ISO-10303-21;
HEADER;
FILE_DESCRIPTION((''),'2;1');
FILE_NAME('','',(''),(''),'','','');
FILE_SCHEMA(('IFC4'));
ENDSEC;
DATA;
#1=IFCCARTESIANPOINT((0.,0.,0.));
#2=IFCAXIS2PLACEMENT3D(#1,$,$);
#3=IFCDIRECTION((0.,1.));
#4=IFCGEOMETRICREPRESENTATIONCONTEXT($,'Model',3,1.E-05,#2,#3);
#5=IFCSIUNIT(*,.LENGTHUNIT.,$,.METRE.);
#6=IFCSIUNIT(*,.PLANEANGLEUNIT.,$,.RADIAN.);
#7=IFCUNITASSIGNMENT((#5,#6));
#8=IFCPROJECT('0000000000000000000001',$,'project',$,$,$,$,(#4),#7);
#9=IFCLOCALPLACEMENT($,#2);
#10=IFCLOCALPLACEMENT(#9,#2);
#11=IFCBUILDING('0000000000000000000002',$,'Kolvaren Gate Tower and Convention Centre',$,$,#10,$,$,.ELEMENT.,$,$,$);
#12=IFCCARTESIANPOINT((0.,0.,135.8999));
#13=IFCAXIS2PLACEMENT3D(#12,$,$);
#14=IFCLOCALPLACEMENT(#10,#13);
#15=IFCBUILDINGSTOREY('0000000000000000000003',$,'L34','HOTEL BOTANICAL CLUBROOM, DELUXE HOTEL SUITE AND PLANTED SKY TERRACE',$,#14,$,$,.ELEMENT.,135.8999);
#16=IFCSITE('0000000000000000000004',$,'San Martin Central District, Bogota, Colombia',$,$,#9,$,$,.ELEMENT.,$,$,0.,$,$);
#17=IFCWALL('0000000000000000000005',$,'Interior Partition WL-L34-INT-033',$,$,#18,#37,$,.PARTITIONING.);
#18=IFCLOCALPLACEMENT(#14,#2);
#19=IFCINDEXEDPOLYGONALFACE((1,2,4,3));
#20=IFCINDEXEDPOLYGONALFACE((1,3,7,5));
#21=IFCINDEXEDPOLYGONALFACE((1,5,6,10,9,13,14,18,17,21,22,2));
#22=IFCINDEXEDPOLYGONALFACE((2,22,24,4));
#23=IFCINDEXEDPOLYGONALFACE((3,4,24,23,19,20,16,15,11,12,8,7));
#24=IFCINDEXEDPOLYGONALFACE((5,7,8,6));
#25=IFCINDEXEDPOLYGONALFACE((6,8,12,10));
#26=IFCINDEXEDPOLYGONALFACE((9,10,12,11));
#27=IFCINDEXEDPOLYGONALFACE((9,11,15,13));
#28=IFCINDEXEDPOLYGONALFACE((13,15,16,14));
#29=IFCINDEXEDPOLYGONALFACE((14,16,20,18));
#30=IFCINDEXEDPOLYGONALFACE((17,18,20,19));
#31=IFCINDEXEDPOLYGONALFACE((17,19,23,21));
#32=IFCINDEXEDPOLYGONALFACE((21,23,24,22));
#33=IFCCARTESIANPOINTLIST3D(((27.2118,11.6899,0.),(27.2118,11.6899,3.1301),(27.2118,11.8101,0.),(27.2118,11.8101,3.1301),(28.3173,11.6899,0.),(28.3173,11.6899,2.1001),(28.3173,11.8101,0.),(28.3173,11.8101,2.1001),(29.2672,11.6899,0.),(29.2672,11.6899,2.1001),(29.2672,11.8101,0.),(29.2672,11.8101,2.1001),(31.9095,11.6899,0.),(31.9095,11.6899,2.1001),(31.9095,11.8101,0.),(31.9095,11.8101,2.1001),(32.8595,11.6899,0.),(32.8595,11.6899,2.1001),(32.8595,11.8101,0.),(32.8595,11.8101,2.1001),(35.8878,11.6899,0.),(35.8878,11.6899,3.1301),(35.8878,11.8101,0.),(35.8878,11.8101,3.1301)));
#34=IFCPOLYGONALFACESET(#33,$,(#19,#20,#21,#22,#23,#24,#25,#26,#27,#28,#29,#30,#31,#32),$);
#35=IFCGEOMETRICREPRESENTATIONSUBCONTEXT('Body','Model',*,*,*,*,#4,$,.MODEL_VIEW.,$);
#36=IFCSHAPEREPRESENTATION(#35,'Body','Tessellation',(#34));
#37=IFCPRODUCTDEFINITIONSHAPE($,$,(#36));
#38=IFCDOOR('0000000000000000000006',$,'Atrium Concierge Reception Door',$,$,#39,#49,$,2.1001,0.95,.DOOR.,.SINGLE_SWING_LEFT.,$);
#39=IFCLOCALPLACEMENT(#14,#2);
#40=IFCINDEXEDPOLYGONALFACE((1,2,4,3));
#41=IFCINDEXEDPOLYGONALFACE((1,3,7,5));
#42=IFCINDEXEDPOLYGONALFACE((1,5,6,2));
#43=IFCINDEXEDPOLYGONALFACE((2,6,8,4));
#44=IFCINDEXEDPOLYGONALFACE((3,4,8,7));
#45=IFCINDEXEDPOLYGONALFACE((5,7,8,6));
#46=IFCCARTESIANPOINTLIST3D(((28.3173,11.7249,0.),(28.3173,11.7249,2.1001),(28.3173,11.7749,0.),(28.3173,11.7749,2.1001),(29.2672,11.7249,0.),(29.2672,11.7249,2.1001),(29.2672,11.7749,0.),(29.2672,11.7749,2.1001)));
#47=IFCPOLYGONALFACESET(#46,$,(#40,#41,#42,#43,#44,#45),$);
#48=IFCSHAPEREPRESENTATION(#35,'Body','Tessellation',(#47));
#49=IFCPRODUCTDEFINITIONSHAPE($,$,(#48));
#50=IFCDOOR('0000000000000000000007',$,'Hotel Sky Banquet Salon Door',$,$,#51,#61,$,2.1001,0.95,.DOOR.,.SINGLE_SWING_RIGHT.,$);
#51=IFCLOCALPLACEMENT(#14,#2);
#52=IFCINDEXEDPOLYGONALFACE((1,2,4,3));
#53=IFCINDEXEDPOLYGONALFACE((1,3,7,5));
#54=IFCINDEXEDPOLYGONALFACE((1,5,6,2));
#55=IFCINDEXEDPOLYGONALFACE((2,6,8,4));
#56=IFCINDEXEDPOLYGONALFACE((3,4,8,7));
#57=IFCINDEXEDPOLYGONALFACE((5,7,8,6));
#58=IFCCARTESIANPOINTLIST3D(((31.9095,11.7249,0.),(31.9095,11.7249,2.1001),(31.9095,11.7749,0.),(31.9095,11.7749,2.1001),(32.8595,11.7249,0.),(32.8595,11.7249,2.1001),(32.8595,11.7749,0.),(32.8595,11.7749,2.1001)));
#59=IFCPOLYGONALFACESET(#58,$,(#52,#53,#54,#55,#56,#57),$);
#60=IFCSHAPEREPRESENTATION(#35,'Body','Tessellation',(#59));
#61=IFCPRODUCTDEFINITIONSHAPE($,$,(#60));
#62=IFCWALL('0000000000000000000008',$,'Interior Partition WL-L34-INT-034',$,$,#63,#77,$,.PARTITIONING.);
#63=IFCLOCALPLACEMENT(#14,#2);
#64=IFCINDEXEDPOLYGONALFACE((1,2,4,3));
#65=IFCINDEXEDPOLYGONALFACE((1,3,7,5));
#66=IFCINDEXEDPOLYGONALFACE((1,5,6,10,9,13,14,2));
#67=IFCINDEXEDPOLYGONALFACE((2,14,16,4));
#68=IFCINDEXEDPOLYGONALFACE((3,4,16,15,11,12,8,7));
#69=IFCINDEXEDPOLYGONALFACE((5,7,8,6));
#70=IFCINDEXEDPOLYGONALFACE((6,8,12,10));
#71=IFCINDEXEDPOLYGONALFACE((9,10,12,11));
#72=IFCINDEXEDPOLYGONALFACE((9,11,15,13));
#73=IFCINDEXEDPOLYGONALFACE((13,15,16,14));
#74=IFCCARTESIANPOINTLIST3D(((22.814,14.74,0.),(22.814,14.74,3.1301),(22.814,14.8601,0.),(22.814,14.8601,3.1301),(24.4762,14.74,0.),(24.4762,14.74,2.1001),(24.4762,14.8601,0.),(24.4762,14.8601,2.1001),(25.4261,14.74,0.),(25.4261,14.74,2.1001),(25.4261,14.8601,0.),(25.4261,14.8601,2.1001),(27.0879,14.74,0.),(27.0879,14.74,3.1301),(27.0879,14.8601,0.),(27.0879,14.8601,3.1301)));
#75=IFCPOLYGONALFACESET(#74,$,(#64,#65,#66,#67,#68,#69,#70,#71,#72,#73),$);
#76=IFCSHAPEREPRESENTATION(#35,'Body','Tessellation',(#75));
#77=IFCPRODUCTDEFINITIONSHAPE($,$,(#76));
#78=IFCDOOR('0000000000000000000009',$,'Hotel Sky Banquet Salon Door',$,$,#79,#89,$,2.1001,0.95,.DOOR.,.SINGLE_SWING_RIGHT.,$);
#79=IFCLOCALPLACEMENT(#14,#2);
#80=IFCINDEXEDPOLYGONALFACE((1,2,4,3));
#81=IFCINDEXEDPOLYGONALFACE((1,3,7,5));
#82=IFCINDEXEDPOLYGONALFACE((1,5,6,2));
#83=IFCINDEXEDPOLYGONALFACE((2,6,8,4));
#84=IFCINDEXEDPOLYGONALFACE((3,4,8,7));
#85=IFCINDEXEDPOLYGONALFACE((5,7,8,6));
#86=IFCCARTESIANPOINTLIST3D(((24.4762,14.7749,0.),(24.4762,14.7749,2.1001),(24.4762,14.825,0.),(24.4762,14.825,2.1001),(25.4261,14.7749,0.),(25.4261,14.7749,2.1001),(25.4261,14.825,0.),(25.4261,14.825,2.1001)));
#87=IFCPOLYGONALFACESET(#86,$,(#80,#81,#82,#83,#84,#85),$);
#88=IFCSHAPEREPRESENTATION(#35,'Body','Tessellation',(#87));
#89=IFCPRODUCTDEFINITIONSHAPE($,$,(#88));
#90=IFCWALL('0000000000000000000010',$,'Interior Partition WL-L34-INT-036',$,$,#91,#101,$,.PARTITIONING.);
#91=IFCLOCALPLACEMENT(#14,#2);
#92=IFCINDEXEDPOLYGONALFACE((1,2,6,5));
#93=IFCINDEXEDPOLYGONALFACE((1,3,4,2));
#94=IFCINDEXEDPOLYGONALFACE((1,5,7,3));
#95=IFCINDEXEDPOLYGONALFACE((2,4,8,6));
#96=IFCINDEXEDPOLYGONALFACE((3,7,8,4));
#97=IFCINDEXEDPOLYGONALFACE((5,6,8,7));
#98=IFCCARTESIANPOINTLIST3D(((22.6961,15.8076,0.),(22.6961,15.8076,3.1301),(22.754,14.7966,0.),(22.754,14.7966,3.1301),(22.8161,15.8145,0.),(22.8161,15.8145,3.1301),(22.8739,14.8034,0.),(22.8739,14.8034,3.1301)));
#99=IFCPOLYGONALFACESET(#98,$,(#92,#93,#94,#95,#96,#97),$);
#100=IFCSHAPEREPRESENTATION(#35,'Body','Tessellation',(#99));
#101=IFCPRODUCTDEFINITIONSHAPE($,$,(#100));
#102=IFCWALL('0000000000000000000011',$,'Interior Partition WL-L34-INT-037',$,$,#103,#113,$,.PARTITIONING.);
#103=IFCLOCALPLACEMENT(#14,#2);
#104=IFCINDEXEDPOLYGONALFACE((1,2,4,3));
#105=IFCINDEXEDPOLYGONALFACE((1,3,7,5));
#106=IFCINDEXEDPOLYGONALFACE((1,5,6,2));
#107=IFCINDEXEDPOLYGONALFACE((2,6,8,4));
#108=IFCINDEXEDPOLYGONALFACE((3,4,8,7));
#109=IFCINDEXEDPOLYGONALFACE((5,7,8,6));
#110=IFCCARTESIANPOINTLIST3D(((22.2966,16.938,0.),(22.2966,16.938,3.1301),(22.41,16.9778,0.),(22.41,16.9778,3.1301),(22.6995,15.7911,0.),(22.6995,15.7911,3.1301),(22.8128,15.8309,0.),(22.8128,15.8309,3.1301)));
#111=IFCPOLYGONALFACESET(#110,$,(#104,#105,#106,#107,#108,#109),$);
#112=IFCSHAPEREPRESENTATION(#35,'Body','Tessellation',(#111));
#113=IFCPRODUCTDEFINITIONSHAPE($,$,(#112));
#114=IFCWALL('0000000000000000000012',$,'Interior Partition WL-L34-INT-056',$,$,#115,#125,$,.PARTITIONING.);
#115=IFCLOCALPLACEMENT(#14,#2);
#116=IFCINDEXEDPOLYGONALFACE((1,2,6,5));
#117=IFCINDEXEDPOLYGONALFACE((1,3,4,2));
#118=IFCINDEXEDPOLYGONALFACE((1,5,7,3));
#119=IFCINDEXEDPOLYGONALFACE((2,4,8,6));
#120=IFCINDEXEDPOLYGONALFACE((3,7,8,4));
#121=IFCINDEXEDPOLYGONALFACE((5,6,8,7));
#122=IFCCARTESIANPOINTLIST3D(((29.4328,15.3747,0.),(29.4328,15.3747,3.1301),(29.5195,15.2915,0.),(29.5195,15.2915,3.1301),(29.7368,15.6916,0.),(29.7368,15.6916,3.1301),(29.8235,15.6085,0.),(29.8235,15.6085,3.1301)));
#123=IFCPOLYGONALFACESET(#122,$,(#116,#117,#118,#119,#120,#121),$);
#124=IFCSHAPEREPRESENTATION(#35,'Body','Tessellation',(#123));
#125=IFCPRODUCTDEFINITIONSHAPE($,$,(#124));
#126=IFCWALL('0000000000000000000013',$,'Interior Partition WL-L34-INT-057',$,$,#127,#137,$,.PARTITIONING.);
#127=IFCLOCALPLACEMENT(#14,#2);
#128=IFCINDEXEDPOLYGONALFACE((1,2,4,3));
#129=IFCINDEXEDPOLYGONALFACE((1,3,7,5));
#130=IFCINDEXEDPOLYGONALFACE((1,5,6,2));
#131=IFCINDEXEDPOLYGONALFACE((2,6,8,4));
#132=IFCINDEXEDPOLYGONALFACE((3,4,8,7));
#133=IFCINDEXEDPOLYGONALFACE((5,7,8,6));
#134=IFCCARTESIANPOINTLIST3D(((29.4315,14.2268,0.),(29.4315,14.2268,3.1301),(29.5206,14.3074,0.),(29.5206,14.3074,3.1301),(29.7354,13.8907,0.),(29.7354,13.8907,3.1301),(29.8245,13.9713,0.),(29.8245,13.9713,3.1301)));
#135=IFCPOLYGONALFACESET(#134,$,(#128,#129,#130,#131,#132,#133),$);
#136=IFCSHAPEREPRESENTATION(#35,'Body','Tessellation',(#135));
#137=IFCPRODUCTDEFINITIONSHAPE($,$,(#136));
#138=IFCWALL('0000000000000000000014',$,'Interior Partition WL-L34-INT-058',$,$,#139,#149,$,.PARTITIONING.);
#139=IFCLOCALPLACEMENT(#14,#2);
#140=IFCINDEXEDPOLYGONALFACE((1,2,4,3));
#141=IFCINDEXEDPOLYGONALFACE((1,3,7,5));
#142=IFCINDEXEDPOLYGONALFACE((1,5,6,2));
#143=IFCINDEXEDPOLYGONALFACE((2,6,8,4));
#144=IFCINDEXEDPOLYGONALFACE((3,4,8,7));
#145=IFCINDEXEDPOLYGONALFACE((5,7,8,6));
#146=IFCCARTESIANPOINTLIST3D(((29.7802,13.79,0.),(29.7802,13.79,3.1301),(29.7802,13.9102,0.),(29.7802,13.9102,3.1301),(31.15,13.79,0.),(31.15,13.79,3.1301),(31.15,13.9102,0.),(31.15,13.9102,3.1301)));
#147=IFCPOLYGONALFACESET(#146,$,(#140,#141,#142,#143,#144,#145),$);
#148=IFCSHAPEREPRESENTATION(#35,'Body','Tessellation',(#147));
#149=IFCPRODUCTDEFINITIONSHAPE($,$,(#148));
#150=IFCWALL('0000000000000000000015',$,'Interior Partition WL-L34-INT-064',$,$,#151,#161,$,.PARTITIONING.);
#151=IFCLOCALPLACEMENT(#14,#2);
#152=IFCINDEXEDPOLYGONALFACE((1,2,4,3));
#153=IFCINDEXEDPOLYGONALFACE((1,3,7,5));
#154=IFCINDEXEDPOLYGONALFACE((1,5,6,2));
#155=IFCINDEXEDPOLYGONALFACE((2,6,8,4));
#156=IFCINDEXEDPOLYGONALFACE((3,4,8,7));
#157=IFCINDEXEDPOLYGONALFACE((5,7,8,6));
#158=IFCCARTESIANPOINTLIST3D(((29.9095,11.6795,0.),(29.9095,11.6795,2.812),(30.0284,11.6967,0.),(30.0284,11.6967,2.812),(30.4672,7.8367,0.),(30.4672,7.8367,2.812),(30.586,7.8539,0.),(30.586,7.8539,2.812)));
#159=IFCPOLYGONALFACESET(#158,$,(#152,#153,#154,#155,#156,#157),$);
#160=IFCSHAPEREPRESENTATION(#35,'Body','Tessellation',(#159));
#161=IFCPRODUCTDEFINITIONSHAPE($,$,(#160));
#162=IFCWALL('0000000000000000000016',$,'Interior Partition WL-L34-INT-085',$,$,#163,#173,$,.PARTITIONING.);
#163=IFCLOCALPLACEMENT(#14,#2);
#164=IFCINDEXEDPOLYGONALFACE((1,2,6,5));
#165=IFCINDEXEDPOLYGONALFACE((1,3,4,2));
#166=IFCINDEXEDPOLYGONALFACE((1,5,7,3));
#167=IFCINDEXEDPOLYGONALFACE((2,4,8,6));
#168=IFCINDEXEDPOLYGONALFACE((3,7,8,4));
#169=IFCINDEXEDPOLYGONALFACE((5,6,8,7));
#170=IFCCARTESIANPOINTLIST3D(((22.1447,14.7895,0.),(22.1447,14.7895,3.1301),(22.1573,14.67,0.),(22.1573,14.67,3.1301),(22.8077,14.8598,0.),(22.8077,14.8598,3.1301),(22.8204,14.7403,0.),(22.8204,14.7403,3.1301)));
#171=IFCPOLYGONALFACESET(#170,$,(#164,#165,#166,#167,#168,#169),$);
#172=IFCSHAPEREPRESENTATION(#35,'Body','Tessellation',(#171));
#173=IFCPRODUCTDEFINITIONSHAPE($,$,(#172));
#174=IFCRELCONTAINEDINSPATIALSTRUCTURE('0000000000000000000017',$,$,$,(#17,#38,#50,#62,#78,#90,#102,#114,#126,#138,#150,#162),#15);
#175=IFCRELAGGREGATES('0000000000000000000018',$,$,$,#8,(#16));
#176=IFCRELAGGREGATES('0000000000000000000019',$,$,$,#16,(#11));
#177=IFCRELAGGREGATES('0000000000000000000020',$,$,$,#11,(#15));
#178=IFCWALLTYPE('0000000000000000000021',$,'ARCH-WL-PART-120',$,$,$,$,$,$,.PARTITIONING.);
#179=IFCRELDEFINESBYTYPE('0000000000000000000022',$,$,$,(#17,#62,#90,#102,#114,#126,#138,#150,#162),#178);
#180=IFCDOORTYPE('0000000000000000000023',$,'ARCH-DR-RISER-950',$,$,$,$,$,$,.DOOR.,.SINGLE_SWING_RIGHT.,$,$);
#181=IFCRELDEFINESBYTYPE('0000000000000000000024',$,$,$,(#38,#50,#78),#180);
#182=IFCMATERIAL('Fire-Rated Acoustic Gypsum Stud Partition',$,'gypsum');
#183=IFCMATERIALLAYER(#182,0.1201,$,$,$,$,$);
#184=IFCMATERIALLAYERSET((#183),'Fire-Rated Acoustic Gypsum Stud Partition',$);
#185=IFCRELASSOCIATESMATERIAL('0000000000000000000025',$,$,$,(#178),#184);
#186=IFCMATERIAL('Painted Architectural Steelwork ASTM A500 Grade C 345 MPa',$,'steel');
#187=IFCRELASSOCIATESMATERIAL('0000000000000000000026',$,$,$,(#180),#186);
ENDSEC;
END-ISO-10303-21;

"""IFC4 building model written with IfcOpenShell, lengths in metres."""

from ifc_helpers import new_model, si_unit, direction, frame, frame_2d, origin, place, context, subcontext, project, spatial, rectangle, extrude, material, layer, layer_set, type_object, element, fill, save


model = new_model("IFC4")

# Units and contexts
model_context = context("Model", 3, precision=1e-05, world=origin(), true_north=direction((0.0, 1.0)))
body_context = subcontext(model_context, "Body", "Model", "MODEL_VIEW")
ifc_project = project(units=[si_unit("LENGTHUNIT", "METRE"), si_unit("PLANEANGLEUNIT", "RADIAN")], contexts=[model_context])

# Site, building, storey
site_placement = place(None, origin())
site = spatial("IfcSite", under=ifc_project, at=site_placement, Name="San Martin Central District, Bogota, Colombia", CompositionType="ELEMENT", RefElevation=0.0)
building_placement = place(site_placement, origin())
building = spatial("IfcBuilding", under=site, at=building_placement, Name="Kolvaren Gate Tower and Convention Centre", CompositionType="ELEMENT")
storey_placement = place(building_placement, frame((0.0, 0.0, 135.8999)))
storey = spatial("IfcBuildingStorey", under=building, at=storey_placement, Name="L34", Description="HOTEL BOTANICAL CLUBROOM, DELUXE HOTEL SUITE AND PLANTED SKY TERRACE", CompositionType="ELEMENT", Elevation=135.8999)

# Shared definitions
ifc_material_1 = material(Name="Fire-Rated Acoustic Gypsum Stud Partition", Category="gypsum")
ifc_layer_1 = layer(ifc_material_1, 0.1201)
ifc_layer_set_1 = layer_set([ifc_layer_1], Name="Fire-Rated Acoustic Gypsum Stud Partition")
wall_type_1 = type_object("IfcWallType", Name="ARCH-WL-PART-120", PredefinedType="PARTITIONING", material=ifc_layer_set_1)

# Wall, openings, doors
wall_1_placement = place(storey_placement, frame((27.2119, 11.75, 0.0), z_axis=(0.0, 0.0, 1.0), x_axis=(1.0, 0.0, 0.0)))
wall_1 = element("IfcWall", 1, at=wall_1_placement, inside=storey, type_object=wall_type_1, Name="Interior Partition WL-L34-INT-033", PredefinedType="PARTITIONING", context=body_context, shape_type="SweptSolid", body=[
    extrude(rectangle(XDim=8.676, YDim=0.1201, at=frame_2d((4.3379, 0.0))), origin(), (0.0, 0.0, 1.0), 3.1301),
])
opening_1_placement = place(wall_1_placement, frame((1.1052, 0.0, 0.0)))
opening_1 = element("IfcOpeningElement", 2, at=opening_1_placement, cuts=wall_1, PredefinedType="OPENING", context=body_context, shape_type="SweptSolid", body=[
    extrude(rectangle(XDim=0.95, YDim=2.1001, at=frame_2d((0.4751, 1.05))), frame((0.0, 0.0701, 0.0), z_axis=(0.0, -1.0, 0.0), x_axis=(1.0, 0.0, 0.0)), (0.0, 0.0, 1.0), 0.1401),
])
opening_2_placement = place(wall_1_placement, frame((4.6975, 0.0, 0.0)))
opening_2 = element("IfcOpeningElement", 3, at=opening_2_placement, cuts=wall_1, PredefinedType="OPENING", context=body_context, shape_type="SweptSolid", body=[
    extrude(rectangle(XDim=0.95, YDim=2.1001, at=frame_2d((0.4751, 1.05))), frame((0.0, 0.0701, 0.0), z_axis=(0.0, -1.0, 0.0), x_axis=(1.0, 0.0, 0.0)), (0.0, 0.0, 1.0), 0.1401),
])
ifc_material_2 = material(Name="Painted Architectural Steelwork ASTM A500 Grade C 345 MPa", Category="steel")
door_type_1 = type_object("IfcDoorType", Name="ARCH-DR-RISER-950", OperationType="SINGLE_SWING_RIGHT", PredefinedType="DOOR", material=ifc_material_2)
door_1_placement = place(opening_1_placement, origin())
door_1 = element("IfcDoor", 4, at=door_1_placement, inside=storey, type_object=door_type_1, Name="Atrium Concierge Reception Door", OperationType="SINGLE_SWING_LEFT", OverallHeight=2.1001, OverallWidth=0.95, PredefinedType="DOOR", context=body_context, shape_type="SweptSolid", body=[
    extrude(rectangle(XDim=0.95, YDim=2.1001, at=frame_2d((0.4751, 1.05))), frame((0.0, 0.0249, 0.0), z_axis=(0.0, -1.0, 0.0), x_axis=(1.0, 0.0, 0.0)), (0.0, 0.0, 1.0), 0.05),
])
fill(opening_1, door_1)
door_2_placement = place(opening_2_placement, origin())
door_2 = element("IfcDoor", 5, at=door_2_placement, inside=storey, type_object=door_type_1, Name="Hotel Sky Banquet Salon Door", OperationType="SINGLE_SWING_RIGHT", OverallHeight=2.1001, OverallWidth=0.95, PredefinedType="DOOR", context=body_context, shape_type="SweptSolid", body=[
    extrude(rectangle(XDim=0.95, YDim=2.1001, at=frame_2d((0.4751, 1.05))), frame((0.0, 0.0249, 0.0), z_axis=(0.0, -1.0, 0.0), x_axis=(1.0, 0.0, 0.0)), (0.0, 0.0, 1.0), 0.05),
])
fill(opening_2, door_2)

# Wall, opening, door
wall_2_placement = place(storey_placement, frame((22.814, 14.8, 0.0), z_axis=(0.0, 0.0, 1.0), x_axis=(1.0, 0.0, 0.0)))
wall_2 = element("IfcWall", 6, at=wall_2_placement, inside=storey, type_object=wall_type_1, Name="Interior Partition WL-L34-INT-034", PredefinedType="PARTITIONING", context=body_context, shape_type="SweptSolid", body=[
    extrude(rectangle(XDim=4.2739, YDim=0.1201, at=frame_2d((2.137, 0.0))), origin(), (0.0, 0.0, 1.0), 3.1301),
])
opening_3_placement = place(wall_2_placement, frame((1.6621, 0.0, 0.0)))
opening_3 = element("IfcOpeningElement", 7, at=opening_3_placement, cuts=wall_2, PredefinedType="OPENING", context=body_context, shape_type="SweptSolid", body=[
    extrude(rectangle(XDim=0.95, YDim=2.1001, at=frame_2d((0.4751, 1.05))), frame((0.0, 0.0701, 0.0), z_axis=(0.0, -1.0, 0.0), x_axis=(1.0, 0.0, 0.0)), (0.0, 0.0, 1.0), 0.1401),
])
door_3_placement = place(opening_3_placement, origin())
door_3 = element("IfcDoor", 8, at=door_3_placement, inside=storey, type_object=door_type_1, Name="Hotel Sky Banquet Salon Door", OperationType="SINGLE_SWING_RIGHT", OverallHeight=2.1001, OverallWidth=0.95, PredefinedType="DOOR", context=body_context, shape_type="SweptSolid", body=[
    extrude(rectangle(XDim=0.95, YDim=2.1001, at=frame_2d((0.4751, 1.05))), frame((0.0, 0.0249, 0.0), z_axis=(0.0, -1.0, 0.0), x_axis=(1.0, 0.0, 0.0)), (0.0, 0.0, 1.0), 0.05),
])
fill(opening_3, door_3)

# Walls
wall_3_placement = place(storey_placement, frame((22.7561, 15.811, 0.0), z_axis=(0.0, 0.0, 1.0), x_axis=(0.057139, -0.998366, 0.0)))
element("IfcWall", 9, at=wall_3_placement, inside=storey, type_object=wall_type_1, Name="Interior Partition WL-L34-INT-036", PredefinedType="PARTITIONING", context=body_context, shape_type="SweptSolid", body=[
    extrude(rectangle(XDim=1.0127, YDim=0.1201, at=frame_2d((0.5063, 0.0))), origin(), (0.0, 0.0, 1.0), 3.1301),
])
wall_4_placement = place(storey_placement, frame((22.3533, 16.958, 0.0), z_axis=(0.0, 0.0, 1.0), x_axis=(0.33137, -0.943501, 0.0)))
element("IfcWall", 10, at=wall_4_placement, inside=storey, type_object=wall_type_1, Name="Interior Partition WL-L34-INT-037", PredefinedType="PARTITIONING", context=body_context, shape_type="SweptSolid", body=[
    extrude(rectangle(XDim=1.2156, YDim=0.1201, at=frame_2d((0.6079, 0.0))), origin(), (0.0, 0.0, 1.0), 3.1301),
])
wall_5_placement = place(storey_placement, frame((29.4761, 15.333, 0.0), z_axis=(0.0, 0.0, 1.0), x_axis=(0.692219, 0.721687, 0.0)))
element("IfcWall", 11, at=wall_5_placement, inside=storey, type_object=wall_type_1, Name="Interior Partition WL-L34-INT-056", PredefinedType="PARTITIONING", context=body_context, shape_type="SweptSolid", body=[
    extrude(rectangle(XDim=0.4392, YDim=0.1201, at=frame_2d((0.2197, 0.0))), origin(), (0.0, 0.0, 1.0), 3.1301),
])
wall_6_placement = place(storey_placement, frame((29.4761, 14.2671, 0.0), z_axis=(0.0, 0.0, 1.0), x_axis=(0.670659, -0.741765, 0.0)))
element("IfcWall", 12, at=wall_6_placement, inside=storey, type_object=wall_type_1, Name="Interior Partition WL-L34-INT-057", PredefinedType="PARTITIONING", context=body_context, shape_type="SweptSolid", body=[
    extrude(rectangle(XDim=0.4531, YDim=0.1201, at=frame_2d((0.2266, 0.0))), origin(), (0.0, 0.0, 1.0), 3.1301),
])
wall_7_placement = place(storey_placement, frame((29.78, 13.8501, 0.0), z_axis=(0.0, 0.0, 1.0), x_axis=(1.0, 0.0, 0.0)))
element("IfcWall", 13, at=wall_7_placement, inside=storey, type_object=wall_type_1, Name="Interior Partition WL-L34-INT-058", PredefinedType="PARTITIONING", context=body_context, shape_type="SweptSolid", body=[
    extrude(rectangle(XDim=1.3699, YDim=0.1201, at=frame_2d((0.6851, 0.0))), origin(), (0.0, 0.0, 1.0), 3.1301),
])
wall_8_placement = place(storey_placement, frame((29.969, 11.688, 0.0), z_axis=(0.0, 0.0, 1.0), x_axis=(0.143604, -0.989635, 0.0)))
element("IfcWall", 14, at=wall_8_placement, inside=storey, type_object=wall_type_1, Name="Interior Partition WL-L34-INT-064", PredefinedType="PARTITIONING", context=body_context, shape_type="SweptSolid", body=[
    extrude(rectangle(XDim=3.8831, YDim=0.1201, at=frame_2d((1.9414, 0.0))), origin(), (0.0, 0.0, 1.0), 2.812),
])
wall_9_placement = place(storey_placement, frame((22.1509, 14.7297, 0.0), z_axis=(0.0, 0.0, 1.0), x_axis=(0.994425, 0.105447, 0.0)))
element("IfcWall", 15, at=wall_9_placement, inside=storey, type_object=wall_type_1, Name="Interior Partition WL-L34-INT-085", PredefinedType="PARTITIONING", context=body_context, shape_type="SweptSolid", body=[
    extrude(rectangle(XDim=0.6667, YDim=0.1201, at=frame_2d((0.3335, 0.0))), origin(), (0.0, 0.0, 1.0), 3.1301),
])

save(model, "model.ifc")
